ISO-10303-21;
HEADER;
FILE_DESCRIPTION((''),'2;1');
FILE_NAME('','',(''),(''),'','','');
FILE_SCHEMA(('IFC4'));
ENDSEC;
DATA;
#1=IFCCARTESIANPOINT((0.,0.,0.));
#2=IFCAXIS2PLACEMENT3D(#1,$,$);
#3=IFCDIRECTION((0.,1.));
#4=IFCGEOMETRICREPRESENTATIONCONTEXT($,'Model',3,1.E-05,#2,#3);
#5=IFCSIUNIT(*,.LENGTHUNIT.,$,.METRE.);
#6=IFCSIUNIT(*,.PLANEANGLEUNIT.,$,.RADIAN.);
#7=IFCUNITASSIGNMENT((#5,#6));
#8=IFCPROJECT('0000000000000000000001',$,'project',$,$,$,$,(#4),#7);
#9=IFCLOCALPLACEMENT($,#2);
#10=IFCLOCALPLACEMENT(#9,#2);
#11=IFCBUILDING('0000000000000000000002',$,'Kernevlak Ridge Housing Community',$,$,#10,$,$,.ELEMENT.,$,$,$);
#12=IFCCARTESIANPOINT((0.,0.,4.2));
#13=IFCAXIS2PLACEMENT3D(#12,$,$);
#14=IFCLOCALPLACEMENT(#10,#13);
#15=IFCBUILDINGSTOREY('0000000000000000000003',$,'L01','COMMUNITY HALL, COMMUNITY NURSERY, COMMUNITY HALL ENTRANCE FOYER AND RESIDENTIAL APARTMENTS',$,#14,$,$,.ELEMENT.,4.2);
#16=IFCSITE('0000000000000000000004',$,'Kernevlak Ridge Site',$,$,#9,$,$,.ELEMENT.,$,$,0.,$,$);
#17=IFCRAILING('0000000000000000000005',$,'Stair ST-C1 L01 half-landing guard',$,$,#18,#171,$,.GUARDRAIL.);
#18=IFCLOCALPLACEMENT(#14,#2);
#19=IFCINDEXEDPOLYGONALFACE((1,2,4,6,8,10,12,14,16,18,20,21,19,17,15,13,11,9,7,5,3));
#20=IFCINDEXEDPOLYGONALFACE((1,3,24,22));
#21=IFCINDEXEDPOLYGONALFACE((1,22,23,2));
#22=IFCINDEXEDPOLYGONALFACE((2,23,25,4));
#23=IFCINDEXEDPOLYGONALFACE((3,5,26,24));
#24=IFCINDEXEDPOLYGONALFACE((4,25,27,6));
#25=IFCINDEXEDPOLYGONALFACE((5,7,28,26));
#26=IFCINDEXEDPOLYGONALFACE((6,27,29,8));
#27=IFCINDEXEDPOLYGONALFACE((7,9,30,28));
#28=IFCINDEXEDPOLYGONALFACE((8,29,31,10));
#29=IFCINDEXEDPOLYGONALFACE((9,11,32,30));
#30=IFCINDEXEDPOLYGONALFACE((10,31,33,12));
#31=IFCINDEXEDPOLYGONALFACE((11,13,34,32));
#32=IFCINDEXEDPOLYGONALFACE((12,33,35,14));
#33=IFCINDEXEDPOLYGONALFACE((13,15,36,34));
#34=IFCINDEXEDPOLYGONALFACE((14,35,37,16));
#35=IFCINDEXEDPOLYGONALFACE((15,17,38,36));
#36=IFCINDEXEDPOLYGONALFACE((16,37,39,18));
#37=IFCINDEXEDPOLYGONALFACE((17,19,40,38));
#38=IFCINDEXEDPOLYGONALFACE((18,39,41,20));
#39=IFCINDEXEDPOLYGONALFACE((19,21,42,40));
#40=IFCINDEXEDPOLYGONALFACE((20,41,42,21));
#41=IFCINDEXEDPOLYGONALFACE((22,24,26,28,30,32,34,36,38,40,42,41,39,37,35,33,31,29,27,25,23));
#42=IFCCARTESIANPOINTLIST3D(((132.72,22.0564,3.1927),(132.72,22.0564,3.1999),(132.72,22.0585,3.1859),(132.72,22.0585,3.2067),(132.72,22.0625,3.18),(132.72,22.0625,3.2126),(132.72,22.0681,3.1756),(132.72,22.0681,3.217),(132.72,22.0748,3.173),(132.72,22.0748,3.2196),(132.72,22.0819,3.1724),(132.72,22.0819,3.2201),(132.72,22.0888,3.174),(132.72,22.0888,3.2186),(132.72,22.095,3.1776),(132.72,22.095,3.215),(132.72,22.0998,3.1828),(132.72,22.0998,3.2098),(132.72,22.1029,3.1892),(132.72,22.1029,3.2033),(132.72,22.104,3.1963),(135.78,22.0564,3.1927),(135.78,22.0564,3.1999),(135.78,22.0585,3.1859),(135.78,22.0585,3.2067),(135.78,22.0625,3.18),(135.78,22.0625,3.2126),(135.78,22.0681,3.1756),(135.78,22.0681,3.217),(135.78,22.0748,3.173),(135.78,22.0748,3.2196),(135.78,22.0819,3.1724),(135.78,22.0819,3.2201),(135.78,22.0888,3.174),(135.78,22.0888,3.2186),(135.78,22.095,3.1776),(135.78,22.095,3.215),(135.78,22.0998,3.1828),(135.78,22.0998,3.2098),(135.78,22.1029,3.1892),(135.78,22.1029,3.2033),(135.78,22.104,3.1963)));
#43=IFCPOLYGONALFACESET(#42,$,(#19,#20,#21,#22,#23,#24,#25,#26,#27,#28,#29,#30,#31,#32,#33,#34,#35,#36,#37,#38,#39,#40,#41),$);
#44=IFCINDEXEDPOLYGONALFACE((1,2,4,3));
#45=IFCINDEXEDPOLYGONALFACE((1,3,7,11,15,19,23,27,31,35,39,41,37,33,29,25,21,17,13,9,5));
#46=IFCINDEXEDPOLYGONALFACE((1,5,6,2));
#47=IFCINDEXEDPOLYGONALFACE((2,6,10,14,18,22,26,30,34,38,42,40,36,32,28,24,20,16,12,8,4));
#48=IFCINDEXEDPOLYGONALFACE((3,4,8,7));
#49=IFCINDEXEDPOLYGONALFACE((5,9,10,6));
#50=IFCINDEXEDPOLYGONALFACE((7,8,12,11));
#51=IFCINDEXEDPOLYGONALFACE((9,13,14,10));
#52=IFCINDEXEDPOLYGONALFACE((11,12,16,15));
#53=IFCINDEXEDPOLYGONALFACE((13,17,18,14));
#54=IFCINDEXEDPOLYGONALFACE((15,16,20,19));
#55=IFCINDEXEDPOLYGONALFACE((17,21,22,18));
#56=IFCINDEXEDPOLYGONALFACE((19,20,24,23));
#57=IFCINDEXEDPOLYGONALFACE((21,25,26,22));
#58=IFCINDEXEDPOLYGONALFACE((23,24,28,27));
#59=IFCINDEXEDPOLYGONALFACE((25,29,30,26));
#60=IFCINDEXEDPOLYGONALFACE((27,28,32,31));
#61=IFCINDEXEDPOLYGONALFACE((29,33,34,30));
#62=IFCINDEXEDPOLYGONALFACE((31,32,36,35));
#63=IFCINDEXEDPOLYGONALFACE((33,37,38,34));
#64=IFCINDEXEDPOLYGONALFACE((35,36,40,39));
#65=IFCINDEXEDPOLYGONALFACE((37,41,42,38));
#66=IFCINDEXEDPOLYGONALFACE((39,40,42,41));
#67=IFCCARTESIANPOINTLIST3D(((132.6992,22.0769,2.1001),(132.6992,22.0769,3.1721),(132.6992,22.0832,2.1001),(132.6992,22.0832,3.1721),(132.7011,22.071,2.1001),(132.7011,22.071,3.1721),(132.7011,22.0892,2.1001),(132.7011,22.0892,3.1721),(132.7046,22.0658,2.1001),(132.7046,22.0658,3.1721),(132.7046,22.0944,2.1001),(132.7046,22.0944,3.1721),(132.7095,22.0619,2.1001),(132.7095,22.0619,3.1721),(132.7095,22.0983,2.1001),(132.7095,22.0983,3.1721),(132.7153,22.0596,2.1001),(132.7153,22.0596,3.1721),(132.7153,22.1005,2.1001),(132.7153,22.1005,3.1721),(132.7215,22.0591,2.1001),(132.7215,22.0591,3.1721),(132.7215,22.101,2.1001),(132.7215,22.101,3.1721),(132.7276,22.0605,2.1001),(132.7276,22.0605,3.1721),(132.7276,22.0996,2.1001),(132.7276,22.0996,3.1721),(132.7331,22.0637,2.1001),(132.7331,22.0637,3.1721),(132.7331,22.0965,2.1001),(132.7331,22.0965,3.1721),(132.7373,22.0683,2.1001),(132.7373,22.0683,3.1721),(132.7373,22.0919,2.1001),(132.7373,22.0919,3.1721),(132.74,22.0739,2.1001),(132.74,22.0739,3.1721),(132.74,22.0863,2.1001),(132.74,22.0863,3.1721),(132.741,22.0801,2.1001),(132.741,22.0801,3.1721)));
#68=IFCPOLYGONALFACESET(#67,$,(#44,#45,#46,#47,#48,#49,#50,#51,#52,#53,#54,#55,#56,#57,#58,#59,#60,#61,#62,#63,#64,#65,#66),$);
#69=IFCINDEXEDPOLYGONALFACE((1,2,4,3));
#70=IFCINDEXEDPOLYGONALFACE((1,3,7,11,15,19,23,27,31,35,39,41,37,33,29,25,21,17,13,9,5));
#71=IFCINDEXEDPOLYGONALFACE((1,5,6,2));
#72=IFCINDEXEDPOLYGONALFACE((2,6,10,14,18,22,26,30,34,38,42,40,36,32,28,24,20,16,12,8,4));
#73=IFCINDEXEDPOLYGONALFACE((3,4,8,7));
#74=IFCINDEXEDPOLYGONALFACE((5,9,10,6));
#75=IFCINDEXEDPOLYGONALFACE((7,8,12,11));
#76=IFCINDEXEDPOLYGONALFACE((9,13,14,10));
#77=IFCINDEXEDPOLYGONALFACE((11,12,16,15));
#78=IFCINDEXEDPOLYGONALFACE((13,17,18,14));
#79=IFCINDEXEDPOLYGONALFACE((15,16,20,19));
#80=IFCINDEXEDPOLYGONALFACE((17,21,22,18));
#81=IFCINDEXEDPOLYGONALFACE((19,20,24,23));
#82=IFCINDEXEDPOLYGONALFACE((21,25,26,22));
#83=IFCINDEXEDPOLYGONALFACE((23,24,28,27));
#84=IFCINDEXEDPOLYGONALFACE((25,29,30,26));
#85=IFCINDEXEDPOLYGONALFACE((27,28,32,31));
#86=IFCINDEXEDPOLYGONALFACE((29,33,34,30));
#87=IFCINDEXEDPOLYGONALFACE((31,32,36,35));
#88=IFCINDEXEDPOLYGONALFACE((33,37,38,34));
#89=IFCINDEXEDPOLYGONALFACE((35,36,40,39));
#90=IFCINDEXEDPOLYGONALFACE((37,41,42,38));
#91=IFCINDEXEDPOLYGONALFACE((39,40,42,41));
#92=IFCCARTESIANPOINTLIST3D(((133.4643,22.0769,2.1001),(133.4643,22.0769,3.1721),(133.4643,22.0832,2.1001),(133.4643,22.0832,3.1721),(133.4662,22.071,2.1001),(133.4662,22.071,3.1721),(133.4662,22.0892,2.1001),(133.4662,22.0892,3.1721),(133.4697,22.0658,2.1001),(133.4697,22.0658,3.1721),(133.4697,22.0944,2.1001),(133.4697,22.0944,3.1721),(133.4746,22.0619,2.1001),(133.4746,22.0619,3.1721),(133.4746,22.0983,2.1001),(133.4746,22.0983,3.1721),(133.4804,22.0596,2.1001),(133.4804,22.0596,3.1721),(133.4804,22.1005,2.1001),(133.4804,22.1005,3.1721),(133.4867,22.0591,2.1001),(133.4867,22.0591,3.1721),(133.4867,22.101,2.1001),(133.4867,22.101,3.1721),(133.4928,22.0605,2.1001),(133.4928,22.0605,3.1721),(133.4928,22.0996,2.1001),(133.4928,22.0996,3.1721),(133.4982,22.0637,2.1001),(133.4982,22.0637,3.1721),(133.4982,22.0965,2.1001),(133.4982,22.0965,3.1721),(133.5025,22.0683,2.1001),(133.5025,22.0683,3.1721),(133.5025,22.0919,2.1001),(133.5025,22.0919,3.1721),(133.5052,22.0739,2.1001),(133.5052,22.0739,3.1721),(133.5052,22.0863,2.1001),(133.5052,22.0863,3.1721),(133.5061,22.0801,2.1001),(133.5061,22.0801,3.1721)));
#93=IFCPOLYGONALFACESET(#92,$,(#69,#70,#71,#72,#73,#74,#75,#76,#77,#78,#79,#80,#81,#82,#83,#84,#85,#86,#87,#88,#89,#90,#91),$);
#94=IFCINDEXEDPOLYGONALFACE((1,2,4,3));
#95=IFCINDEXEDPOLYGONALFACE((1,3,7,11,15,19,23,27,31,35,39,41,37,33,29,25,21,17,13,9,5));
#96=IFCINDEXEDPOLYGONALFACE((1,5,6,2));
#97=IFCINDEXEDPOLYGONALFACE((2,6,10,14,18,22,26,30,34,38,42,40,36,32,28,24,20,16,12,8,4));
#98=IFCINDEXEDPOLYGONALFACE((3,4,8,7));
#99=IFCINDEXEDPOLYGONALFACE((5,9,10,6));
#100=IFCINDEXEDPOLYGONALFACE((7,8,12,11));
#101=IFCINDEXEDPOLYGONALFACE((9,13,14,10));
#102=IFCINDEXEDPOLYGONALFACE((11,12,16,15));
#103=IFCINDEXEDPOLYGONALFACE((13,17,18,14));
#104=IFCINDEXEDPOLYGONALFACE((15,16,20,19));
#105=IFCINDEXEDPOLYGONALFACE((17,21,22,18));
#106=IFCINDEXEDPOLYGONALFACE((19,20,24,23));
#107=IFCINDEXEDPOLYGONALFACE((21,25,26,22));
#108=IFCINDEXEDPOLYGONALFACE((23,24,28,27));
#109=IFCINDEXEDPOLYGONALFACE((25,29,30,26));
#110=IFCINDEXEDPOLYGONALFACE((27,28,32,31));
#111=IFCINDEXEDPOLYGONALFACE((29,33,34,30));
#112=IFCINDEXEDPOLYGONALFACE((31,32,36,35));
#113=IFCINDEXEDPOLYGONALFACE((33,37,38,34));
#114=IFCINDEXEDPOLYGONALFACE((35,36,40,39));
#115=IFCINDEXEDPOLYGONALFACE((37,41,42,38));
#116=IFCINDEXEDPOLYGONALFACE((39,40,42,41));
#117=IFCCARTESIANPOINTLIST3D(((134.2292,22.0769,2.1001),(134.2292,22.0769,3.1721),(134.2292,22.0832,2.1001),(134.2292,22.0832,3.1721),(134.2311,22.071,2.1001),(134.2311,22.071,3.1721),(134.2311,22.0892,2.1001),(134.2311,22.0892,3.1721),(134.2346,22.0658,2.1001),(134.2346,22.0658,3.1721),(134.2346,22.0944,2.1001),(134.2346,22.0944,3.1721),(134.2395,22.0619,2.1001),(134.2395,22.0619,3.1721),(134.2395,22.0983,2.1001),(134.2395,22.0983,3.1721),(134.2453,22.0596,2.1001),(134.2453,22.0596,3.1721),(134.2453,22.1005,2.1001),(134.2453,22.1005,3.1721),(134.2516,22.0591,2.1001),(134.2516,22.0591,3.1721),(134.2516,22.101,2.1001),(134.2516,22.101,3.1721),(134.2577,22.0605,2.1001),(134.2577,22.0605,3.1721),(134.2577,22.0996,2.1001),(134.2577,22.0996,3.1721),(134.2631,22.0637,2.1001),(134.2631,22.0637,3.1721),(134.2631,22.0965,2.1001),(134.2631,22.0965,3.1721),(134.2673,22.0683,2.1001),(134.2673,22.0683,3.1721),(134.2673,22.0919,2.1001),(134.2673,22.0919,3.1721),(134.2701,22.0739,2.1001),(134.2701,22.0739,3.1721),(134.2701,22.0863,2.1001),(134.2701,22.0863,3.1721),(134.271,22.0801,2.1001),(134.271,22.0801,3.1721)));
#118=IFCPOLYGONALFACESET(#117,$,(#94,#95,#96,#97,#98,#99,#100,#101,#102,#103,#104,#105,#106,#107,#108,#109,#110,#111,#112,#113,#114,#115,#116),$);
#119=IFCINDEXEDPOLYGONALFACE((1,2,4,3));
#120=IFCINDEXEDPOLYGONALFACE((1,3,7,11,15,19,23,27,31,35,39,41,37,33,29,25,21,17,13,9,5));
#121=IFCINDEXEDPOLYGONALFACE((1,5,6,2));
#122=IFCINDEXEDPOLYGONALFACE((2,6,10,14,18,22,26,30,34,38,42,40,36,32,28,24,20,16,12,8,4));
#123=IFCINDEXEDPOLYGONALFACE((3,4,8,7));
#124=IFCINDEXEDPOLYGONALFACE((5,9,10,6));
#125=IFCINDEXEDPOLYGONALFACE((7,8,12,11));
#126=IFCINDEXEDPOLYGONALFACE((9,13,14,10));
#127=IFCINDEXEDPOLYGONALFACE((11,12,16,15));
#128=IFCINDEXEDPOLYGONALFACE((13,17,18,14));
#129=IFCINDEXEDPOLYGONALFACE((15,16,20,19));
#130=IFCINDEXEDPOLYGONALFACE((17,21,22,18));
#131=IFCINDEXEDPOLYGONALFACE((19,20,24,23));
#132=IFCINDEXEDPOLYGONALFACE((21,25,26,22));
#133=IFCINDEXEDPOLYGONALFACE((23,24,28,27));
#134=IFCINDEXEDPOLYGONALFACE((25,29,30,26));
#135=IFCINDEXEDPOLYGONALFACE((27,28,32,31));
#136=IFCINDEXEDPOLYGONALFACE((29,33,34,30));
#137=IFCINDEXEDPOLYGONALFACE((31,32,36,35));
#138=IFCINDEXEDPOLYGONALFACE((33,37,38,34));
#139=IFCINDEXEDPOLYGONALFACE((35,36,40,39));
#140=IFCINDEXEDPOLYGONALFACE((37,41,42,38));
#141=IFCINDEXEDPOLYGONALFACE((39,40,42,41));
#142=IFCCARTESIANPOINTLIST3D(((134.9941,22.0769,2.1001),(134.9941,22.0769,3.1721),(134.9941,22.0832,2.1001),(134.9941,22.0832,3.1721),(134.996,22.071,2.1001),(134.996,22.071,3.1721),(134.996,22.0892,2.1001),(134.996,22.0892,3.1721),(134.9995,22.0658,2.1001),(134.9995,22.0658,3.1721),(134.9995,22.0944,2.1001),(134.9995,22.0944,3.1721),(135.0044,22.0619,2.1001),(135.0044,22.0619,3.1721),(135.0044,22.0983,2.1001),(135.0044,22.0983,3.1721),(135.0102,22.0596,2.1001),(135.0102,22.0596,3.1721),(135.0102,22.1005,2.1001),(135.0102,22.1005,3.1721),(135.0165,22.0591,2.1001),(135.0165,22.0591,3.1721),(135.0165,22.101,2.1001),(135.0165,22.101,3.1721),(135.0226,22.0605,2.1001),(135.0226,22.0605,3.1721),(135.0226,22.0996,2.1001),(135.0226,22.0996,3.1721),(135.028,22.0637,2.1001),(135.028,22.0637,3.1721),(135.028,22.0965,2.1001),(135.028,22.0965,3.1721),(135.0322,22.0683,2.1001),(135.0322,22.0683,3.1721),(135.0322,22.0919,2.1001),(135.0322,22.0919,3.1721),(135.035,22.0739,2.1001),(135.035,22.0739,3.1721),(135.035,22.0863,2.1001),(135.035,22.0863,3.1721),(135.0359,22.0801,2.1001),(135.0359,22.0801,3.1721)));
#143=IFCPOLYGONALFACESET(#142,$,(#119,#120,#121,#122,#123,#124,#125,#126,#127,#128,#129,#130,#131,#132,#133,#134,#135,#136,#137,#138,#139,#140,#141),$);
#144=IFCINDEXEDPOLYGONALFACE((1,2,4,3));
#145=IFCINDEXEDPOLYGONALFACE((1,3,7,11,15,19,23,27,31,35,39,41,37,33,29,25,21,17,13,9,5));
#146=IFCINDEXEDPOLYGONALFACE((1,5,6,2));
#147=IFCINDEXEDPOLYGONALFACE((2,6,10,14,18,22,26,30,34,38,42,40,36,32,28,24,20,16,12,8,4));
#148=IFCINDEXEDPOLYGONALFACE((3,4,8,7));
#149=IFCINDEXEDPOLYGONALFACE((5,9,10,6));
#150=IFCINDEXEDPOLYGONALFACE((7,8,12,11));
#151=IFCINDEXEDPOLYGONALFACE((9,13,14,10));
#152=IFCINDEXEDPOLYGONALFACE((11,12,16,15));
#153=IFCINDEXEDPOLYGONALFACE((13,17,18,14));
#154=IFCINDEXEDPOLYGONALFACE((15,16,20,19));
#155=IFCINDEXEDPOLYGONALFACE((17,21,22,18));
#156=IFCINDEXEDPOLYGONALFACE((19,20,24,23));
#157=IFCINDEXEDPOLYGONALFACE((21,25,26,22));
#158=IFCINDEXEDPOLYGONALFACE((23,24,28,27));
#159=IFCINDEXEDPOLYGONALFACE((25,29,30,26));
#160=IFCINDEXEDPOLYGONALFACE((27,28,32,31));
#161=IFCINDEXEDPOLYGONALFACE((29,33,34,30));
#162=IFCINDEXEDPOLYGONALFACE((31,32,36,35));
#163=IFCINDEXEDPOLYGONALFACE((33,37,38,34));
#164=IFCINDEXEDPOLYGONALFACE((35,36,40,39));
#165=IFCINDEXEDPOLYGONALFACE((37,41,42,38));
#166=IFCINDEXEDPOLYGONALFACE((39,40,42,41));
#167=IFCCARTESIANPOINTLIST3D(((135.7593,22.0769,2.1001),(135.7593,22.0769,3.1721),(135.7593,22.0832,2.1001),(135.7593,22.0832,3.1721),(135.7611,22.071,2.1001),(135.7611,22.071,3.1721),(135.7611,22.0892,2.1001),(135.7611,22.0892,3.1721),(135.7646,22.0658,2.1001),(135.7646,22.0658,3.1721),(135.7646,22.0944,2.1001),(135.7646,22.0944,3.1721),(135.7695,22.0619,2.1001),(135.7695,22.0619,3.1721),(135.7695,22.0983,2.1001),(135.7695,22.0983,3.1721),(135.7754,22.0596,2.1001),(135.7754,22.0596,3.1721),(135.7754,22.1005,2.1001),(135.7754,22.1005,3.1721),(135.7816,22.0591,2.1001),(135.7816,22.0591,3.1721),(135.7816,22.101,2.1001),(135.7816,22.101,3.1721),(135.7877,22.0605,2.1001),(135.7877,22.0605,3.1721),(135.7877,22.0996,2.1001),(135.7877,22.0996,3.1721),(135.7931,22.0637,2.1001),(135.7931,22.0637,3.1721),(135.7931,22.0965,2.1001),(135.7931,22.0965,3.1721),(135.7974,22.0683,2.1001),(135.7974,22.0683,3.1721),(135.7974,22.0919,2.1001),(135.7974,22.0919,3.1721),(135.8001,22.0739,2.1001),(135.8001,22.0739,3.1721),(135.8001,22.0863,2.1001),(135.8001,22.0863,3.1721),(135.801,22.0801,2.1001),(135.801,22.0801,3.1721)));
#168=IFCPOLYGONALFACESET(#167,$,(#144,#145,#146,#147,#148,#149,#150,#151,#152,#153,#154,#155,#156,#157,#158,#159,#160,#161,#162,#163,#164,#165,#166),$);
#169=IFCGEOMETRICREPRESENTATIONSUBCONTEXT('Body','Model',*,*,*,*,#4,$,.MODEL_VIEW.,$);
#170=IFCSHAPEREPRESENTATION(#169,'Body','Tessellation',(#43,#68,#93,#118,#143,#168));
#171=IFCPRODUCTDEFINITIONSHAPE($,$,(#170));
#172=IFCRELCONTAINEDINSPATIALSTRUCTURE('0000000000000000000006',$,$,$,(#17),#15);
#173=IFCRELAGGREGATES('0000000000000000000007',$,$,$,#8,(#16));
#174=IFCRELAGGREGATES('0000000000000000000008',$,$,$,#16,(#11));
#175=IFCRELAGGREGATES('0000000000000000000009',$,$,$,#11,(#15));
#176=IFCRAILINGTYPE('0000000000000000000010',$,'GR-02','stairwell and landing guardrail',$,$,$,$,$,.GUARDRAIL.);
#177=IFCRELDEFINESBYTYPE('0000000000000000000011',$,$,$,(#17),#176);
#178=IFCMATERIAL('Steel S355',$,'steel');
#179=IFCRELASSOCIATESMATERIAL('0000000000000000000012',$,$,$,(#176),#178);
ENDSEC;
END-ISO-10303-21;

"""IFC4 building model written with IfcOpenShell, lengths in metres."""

from ifc_helpers import new_model, si_unit, direction, frame, origin, origin_2d, place, context, subcontext, project, spatial, circle, extrude, material, type_object, element, save


model = new_model("IFC4")

# Units and contexts
model_context = context("Model", 3, precision=1e-05, world=origin(), true_north=direction((0.0, 1.0)))
body_context = subcontext(model_context, "Body", "Model", "MODEL_VIEW")
ifc_project = project(units=[si_unit("LENGTHUNIT", "METRE"), si_unit("PLANEANGLEUNIT", "RADIAN")], contexts=[model_context])

# Site, building, storey
site_placement = place(None, origin())
site = spatial("IfcSite", under=ifc_project, at=site_placement, Name="Kernevlak Ridge Site", CompositionType="ELEMENT", RefElevation=0.0)
building_placement = place(site_placement, origin())
building = spatial("IfcBuilding", under=site, at=building_placement, Name="Kernevlak Ridge Housing Community", CompositionType="ELEMENT")
storey_placement = place(building_placement, frame((0.0, 0.0, 4.2)))
storey = spatial("IfcBuildingStorey", under=building, at=storey_placement, Name="L01", Description="COMMUNITY HALL, COMMUNITY NURSERY, COMMUNITY HALL ENTRANCE FOYER AND RESIDENTIAL APARTMENTS", CompositionType="ELEMENT", Elevation=4.2)

# Railing
ifc_material_1 = material(Name="Steel S355", Category="steel")
railing_type_1 = type_object("IfcRailingType", Name="GR-02", Description="stairwell and landing guardrail", PredefinedType="GUARDRAIL", material=ifc_material_1)
railing_1_placement = place(storey_placement, frame((132.72, 22.0801, 2.1001)))
element("IfcRailing", 1, at=railing_1_placement, inside=storey, type_object=railing_type_1, Name="Stair ST-C1 L01 half-landing guard", PredefinedType="GUARDRAIL", context=body_context, shape_type="SweptSolid", body=[
    extrude(circle(Radius=0.0239, at=origin_2d()), frame((0.0, 0.0, 1.0962), z_axis=(1.0, 0.0, 0.0), x_axis=(0.0, 1.0, 0.0)), (0.0, 0.0, 1.0), 3.0601),
    extrude(circle(Radius=0.021, at=origin_2d()), origin(), (0.0, 0.0, 1.0), 1.072),
    extrude(circle(Radius=0.021, at=origin_2d()), frame((0.7651, 0.0, 0.0)), (0.0, 0.0, 1.0), 1.072),
    extrude(circle(Radius=0.021, at=origin_2d()), frame((1.53, 0.0, 0.0)), (0.0, 0.0, 1.0), 1.072),
    extrude(circle(Radius=0.021, at=origin_2d()), frame((2.2949, 0.0, 0.0)), (0.0, 0.0, 1.0), 1.072),
    extrude(circle(Radius=0.021, at=origin_2d()), frame((3.0601, 0.0, 0.0)), (0.0, 0.0, 1.0), 1.072),
])

save(model, "model.ifc")
